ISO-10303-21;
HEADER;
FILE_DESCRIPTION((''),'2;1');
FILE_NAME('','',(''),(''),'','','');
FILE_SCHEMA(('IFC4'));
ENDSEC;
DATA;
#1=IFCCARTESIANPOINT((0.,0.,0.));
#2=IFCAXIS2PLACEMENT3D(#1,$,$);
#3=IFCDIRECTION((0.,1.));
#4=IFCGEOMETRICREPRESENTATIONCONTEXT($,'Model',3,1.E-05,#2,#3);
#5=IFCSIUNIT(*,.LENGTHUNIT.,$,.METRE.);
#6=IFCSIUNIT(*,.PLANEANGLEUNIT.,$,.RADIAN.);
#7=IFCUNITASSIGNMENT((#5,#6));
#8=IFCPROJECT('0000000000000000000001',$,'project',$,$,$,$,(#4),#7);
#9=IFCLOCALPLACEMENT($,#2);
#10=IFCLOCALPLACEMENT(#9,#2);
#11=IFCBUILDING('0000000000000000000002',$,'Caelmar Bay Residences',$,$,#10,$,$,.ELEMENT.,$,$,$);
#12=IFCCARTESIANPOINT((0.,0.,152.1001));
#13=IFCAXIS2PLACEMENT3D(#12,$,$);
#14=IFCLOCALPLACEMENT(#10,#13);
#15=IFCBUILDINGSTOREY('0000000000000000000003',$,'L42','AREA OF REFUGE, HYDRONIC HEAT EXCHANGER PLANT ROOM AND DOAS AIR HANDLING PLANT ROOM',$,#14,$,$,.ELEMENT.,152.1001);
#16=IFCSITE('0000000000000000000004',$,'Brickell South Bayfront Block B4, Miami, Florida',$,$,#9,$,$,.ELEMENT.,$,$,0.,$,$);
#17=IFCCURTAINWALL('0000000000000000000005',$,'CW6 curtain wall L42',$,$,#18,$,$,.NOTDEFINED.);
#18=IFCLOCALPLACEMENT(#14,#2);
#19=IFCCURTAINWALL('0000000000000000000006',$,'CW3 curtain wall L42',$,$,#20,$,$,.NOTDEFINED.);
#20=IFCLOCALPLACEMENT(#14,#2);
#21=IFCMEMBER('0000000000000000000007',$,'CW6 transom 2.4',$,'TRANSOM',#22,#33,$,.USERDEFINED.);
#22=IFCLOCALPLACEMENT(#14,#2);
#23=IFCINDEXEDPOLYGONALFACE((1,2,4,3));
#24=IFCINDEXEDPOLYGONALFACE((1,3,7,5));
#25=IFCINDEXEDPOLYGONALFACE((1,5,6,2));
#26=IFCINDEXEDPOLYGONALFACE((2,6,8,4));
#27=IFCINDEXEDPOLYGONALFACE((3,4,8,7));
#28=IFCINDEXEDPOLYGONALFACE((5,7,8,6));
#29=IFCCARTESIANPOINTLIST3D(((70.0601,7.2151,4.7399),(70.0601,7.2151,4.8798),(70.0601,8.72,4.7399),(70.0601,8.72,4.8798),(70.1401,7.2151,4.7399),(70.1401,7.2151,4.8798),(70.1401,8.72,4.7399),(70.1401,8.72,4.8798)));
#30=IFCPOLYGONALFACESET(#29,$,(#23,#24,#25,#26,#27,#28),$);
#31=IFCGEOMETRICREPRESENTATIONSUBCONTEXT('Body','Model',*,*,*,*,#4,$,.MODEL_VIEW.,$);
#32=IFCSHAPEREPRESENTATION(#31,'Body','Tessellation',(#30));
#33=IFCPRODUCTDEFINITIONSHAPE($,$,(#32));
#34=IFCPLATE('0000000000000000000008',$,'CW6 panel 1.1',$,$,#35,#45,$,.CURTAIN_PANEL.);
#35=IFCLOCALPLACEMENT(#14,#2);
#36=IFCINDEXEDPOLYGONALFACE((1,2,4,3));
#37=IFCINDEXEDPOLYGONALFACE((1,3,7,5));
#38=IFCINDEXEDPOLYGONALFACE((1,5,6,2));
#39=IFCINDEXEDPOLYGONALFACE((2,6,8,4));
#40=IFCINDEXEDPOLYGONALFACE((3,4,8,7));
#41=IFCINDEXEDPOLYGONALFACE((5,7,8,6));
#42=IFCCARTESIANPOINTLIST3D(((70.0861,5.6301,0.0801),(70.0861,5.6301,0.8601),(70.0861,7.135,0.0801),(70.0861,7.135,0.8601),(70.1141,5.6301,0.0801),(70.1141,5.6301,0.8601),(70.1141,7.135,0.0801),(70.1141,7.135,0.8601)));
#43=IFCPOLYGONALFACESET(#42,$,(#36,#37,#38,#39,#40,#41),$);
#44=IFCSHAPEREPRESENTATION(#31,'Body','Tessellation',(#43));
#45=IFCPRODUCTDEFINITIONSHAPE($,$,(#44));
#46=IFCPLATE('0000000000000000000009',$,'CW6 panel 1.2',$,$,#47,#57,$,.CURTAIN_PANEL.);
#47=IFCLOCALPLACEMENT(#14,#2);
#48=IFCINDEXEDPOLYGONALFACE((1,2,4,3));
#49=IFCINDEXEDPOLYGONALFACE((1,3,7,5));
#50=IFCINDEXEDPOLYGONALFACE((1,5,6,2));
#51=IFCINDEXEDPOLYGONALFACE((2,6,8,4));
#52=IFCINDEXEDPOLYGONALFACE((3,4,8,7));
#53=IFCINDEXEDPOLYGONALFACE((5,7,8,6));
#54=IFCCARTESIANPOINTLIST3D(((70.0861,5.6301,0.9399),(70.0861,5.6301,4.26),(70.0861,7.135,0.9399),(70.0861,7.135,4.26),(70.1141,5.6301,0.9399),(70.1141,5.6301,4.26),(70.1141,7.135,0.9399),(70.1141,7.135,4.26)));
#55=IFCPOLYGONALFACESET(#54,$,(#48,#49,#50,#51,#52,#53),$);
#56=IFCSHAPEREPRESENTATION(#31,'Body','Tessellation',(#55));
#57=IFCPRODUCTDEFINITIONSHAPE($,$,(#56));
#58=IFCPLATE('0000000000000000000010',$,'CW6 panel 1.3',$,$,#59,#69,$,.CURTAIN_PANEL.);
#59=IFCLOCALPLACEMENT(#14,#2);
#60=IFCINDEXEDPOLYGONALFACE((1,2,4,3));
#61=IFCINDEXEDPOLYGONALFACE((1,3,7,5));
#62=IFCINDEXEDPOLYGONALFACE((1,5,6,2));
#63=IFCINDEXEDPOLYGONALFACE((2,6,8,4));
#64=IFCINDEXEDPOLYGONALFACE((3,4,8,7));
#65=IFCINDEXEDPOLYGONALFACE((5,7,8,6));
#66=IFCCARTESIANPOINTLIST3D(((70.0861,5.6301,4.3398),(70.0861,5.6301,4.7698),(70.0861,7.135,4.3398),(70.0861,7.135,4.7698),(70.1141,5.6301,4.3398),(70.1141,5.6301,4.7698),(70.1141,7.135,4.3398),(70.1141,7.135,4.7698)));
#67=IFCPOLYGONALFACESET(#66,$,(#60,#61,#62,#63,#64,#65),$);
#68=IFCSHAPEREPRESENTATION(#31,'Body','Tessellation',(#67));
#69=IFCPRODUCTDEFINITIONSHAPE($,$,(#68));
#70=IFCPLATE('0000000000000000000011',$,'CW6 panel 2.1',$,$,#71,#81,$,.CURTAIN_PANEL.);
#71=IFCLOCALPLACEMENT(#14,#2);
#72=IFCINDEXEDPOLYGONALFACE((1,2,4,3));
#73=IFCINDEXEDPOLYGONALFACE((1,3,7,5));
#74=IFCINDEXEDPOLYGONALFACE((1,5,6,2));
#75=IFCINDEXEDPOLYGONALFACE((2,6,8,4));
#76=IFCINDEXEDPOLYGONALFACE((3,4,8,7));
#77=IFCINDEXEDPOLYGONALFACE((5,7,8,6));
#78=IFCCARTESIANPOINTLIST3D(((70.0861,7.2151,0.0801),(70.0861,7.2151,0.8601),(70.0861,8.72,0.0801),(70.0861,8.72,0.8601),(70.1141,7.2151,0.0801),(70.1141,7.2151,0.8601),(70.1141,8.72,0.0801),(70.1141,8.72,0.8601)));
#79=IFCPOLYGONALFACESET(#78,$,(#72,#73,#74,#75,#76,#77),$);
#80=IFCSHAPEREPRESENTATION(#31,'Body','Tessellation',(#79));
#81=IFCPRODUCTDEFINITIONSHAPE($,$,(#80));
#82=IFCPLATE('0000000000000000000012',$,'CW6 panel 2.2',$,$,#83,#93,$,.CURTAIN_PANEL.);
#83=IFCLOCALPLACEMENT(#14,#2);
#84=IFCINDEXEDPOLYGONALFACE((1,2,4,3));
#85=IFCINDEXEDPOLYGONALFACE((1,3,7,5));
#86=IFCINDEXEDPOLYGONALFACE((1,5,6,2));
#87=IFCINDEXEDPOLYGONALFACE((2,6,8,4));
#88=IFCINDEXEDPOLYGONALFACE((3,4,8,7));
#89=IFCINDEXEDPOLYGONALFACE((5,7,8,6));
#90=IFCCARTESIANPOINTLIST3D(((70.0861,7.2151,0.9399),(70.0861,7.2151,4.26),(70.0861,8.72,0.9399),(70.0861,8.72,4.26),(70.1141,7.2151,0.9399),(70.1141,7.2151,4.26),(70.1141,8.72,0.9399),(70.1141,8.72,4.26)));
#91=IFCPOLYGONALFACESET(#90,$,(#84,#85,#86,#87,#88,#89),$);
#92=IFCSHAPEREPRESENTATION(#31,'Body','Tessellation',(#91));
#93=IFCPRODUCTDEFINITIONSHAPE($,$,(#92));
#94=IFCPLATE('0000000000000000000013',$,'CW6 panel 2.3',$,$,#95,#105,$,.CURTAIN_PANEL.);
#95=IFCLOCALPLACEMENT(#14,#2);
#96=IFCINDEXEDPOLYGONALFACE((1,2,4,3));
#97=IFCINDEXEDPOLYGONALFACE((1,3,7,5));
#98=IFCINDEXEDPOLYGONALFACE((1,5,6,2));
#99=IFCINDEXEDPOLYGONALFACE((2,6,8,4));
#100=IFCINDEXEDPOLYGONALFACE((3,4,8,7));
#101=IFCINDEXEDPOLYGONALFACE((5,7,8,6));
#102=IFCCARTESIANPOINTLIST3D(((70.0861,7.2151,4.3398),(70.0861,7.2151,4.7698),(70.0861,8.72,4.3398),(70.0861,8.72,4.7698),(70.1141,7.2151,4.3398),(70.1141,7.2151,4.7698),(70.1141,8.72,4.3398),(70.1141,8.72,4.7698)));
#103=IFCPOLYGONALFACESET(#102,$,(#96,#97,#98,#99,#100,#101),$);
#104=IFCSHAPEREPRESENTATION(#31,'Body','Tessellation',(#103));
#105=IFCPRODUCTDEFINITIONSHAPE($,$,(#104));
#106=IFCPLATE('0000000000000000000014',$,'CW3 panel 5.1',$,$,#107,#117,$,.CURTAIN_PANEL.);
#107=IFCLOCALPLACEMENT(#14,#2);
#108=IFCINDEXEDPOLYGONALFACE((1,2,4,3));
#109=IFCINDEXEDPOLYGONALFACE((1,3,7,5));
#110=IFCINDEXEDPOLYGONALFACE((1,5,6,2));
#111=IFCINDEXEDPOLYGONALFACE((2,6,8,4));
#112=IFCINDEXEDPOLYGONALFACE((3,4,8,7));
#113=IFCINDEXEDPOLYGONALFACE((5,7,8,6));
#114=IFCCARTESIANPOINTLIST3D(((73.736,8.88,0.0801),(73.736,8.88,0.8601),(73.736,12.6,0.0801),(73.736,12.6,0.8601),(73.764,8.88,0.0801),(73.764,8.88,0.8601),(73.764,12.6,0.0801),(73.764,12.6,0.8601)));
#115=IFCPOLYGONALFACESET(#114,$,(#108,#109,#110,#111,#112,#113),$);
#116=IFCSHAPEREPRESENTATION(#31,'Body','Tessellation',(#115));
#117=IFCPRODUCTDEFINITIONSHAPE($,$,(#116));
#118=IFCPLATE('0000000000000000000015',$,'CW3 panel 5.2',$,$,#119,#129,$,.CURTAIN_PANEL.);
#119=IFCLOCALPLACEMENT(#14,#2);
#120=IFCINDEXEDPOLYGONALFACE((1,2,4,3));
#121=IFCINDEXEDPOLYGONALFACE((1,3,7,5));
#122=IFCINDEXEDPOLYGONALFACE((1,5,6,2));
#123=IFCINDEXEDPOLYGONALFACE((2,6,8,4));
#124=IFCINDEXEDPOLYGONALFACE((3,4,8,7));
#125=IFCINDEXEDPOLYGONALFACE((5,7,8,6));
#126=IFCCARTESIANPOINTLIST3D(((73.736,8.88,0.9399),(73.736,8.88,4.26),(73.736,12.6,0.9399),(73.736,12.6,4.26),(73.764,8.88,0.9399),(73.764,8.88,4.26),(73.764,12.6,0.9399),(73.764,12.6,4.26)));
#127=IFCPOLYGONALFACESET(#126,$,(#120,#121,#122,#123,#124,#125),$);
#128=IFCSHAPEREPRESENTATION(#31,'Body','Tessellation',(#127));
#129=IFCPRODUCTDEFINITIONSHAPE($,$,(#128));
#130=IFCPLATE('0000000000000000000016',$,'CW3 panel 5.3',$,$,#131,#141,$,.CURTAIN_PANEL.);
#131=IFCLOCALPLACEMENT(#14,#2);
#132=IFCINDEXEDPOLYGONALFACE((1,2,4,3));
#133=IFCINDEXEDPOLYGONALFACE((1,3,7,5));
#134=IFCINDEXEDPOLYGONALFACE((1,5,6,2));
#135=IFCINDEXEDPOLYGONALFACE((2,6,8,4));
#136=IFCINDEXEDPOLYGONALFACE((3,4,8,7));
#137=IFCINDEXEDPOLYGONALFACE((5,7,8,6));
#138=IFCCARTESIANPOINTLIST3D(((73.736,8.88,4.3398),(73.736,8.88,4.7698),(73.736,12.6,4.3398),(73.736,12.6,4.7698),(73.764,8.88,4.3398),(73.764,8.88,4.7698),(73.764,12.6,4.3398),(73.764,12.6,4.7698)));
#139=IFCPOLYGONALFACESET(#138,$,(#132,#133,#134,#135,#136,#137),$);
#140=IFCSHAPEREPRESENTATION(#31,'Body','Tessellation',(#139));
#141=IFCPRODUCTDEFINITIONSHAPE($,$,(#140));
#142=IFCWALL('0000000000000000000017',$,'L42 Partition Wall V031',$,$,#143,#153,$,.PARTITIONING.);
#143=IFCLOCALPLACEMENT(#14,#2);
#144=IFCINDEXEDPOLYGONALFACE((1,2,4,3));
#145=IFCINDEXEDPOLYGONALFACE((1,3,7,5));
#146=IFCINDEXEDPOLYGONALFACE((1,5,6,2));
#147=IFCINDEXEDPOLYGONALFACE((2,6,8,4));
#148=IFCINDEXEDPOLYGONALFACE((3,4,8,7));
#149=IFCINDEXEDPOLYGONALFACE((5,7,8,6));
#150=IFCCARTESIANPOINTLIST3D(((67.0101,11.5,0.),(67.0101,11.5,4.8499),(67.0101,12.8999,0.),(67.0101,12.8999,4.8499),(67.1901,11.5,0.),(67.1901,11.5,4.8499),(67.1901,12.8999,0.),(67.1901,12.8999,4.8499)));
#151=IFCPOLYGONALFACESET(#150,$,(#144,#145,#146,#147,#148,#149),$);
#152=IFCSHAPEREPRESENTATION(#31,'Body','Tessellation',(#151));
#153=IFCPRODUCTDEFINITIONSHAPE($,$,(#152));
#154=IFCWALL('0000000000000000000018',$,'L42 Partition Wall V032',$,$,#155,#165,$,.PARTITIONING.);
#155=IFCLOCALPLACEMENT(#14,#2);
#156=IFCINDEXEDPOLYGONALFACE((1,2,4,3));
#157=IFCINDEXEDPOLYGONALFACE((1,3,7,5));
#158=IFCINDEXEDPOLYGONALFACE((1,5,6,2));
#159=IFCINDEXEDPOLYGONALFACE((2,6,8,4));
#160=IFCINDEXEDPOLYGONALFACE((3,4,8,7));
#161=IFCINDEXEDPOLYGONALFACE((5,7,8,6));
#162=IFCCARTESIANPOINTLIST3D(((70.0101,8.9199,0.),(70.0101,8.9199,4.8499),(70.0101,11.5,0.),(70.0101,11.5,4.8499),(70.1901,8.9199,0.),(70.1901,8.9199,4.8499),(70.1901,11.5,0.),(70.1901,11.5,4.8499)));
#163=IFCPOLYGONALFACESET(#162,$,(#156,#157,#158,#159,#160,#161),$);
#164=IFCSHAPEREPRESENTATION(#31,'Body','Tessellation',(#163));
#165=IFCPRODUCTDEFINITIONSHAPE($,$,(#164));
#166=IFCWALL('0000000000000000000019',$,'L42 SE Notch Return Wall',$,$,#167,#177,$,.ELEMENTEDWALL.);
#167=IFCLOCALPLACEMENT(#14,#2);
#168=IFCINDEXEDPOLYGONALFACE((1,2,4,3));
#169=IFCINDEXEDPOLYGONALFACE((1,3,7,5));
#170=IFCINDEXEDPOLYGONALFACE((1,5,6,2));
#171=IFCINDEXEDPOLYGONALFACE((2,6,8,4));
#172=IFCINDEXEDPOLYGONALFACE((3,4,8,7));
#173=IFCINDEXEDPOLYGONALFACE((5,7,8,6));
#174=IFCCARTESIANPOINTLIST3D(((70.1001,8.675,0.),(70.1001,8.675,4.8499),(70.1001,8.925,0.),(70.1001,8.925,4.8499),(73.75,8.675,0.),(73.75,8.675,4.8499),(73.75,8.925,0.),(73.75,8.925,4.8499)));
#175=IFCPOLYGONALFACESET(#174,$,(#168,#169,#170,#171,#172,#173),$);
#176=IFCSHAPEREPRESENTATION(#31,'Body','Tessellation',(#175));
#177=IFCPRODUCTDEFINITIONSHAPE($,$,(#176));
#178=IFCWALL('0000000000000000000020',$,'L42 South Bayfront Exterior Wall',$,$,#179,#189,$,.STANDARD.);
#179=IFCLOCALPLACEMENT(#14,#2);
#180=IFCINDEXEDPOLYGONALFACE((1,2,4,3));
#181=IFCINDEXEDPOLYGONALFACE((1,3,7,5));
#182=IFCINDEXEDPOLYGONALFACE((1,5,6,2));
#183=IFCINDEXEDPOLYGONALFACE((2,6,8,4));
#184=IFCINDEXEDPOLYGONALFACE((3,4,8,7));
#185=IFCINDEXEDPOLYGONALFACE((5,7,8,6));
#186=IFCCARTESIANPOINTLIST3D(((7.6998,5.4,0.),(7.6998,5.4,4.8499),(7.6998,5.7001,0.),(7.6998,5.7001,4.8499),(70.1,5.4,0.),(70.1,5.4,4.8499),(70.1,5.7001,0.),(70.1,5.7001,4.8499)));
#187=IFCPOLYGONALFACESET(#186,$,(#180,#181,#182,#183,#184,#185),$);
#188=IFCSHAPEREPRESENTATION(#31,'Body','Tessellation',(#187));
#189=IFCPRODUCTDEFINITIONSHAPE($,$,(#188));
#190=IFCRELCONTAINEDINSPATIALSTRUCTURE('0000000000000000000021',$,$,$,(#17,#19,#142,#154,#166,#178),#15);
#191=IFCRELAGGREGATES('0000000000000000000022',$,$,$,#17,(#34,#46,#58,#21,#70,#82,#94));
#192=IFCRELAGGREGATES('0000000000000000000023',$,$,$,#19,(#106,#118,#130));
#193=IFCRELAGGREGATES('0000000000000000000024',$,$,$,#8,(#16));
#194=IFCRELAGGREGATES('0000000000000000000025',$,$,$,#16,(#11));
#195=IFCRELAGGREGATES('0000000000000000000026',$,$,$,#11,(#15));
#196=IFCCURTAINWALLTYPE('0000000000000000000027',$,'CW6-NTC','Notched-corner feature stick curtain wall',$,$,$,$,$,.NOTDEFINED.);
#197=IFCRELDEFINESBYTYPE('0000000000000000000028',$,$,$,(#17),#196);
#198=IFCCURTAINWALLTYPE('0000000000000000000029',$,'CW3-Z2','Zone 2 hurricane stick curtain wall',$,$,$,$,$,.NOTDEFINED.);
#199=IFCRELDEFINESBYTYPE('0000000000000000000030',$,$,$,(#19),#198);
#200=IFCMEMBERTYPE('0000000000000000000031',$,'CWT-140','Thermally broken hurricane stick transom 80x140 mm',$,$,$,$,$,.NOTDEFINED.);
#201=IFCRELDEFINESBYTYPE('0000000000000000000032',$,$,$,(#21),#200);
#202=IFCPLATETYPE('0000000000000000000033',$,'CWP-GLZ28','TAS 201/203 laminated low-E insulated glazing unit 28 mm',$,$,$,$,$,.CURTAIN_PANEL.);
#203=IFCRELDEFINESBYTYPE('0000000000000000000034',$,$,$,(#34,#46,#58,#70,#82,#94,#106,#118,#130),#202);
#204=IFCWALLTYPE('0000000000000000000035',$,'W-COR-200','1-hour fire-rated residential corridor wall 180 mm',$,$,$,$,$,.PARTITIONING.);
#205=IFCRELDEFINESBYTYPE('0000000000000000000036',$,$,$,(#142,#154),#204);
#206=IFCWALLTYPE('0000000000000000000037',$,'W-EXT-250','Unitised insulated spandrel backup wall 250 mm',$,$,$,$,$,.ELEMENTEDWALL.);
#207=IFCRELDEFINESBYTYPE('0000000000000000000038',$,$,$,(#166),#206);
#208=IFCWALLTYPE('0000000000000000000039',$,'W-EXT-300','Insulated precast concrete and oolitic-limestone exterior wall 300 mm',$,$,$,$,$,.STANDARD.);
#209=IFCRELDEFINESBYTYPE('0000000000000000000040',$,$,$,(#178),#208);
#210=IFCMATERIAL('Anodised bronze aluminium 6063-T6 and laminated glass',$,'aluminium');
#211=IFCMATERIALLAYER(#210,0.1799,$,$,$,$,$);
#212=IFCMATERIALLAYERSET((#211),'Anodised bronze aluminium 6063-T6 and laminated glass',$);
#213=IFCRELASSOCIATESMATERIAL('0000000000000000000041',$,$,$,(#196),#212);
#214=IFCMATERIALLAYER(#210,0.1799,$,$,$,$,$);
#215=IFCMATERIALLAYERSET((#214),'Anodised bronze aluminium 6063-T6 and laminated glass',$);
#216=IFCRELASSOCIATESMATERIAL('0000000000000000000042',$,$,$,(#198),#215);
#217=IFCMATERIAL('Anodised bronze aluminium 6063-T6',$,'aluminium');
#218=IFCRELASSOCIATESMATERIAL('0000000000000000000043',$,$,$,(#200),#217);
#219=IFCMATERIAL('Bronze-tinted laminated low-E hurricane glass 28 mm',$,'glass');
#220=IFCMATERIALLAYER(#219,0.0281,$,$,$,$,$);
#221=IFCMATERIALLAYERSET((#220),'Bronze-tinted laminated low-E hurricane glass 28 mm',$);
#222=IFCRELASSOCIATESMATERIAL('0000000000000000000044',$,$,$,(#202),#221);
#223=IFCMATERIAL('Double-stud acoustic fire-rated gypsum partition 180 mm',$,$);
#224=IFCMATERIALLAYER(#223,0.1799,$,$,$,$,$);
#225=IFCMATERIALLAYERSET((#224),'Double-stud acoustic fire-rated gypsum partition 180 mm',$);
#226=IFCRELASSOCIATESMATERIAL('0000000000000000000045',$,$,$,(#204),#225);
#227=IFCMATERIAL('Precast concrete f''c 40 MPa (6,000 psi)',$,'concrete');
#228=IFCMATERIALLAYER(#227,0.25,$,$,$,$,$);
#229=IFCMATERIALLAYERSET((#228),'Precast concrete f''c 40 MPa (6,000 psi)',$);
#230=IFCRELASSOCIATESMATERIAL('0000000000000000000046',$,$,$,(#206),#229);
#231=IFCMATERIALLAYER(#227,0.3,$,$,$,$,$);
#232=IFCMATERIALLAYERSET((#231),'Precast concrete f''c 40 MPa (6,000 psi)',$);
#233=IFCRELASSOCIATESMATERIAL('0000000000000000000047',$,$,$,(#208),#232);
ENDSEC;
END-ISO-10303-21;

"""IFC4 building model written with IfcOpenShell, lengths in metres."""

from ifc_helpers import new_model, si_unit, direction, frame, frame_2d, origin, origin_2d, place, context, subcontext, project, spatial, rectangle, extrude, material, layer, layer_set, material_profile, profile_set, type_object, element, aggregate, save


model = new_model("IFC4")

# Units and contexts
model_context = context("Model", 3, precision=1e-05, world=origin(), true_north=direction((0.0, 1.0)))
body_context = subcontext(model_context, "Body", "Model", "MODEL_VIEW")
ifc_project = project(units=[si_unit("LENGTHUNIT", "METRE"), si_unit("PLANEANGLEUNIT", "RADIAN")], contexts=[model_context])

# Site, building, storey
site_placement = place(None, origin())
site = spatial("IfcSite", under=ifc_project, at=site_placement, Name="Brickell South Bayfront Block B4, Miami, Florida", CompositionType="ELEMENT", RefElevation=0.0)
building_placement = place(site_placement, origin())
building = spatial("IfcBuilding", under=site, at=building_placement, Name="Caelmar Bay Residences", CompositionType="ELEMENT")
storey_placement = place(building_placement, frame((0.0, 0.0, 152.1001)))
storey = spatial("IfcBuildingStorey", under=building, at=storey_placement, Name="L42", Description="AREA OF REFUGE, HYDRONIC HEAT EXCHANGER PLANT ROOM AND DOAS AIR HANDLING PLANT ROOM", CompositionType="ELEMENT", Elevation=152.1001)

# Curtain wall
ifc_material_1 = material(Name="Anodised bronze aluminium 6063-T6 and laminated glass", Category="aluminium")
ifc_layer_1 = layer(ifc_material_1, 0.1799)
ifc_layer_set_1 = layer_set([ifc_layer_1], Name="Anodised bronze aluminium 6063-T6 and laminated glass")
curtain_wall_type_1 = type_object("IfcCurtainWallType", Name="CW6-NTC", Description="Notched-corner feature stick curtain wall", PredefinedType="NOTDEFINED", material=ifc_layer_set_1)
curtain_wall_1_placement = place(storey_placement, origin())
curtain_wall_1 = element("IfcCurtainWall", 1, at=curtain_wall_1_placement, inside=storey, type_object=curtain_wall_type_1, Name="CW6 curtain wall L42", PredefinedType="NOTDEFINED")
ifc_material_2 = material(Name="Anodised bronze aluminium 6063-T6", Category="aluminium")

# Curtain wall
ifc_layer_2 = layer(ifc_material_1, 0.1799)
ifc_layer_set_2 = layer_set([ifc_layer_2], Name="Anodised bronze aluminium 6063-T6 and laminated glass")
curtain_wall_type_2 = type_object("IfcCurtainWallType", Name="CW3-Z2", Description="Zone 2 hurricane stick curtain wall", PredefinedType="NOTDEFINED", material=ifc_layer_set_2)
curtain_wall_2_placement = place(storey_placement, origin())
curtain_wall_2 = element("IfcCurtainWall", 2, at=curtain_wall_2_placement, inside=storey, type_object=curtain_wall_type_2, Name="CW3 curtain wall L42", PredefinedType="NOTDEFINED")

# Member
ifc_material_profile_1 = material_profile(ifc_material_2, rectangle(XDim=0.0801, YDim=0.1399, at=origin_2d()), Name="CWT-80X140")
ifc_profile_set_1 = profile_set([ifc_material_profile_1], Name="Anodised bronze aluminium 6063-T6")
member_type_1 = type_object("IfcMemberType", Name="CWT-140", Description="Thermally broken hurricane stick transom 80x140 mm", PredefinedType="NOTDEFINED", material=ifc_profile_set_1)
member_1_placement = place(storey_placement, frame((70.1001, 7.2151, 4.8098), z_axis=(0.0, 1.0, 0.0), x_axis=(-1.0, 0.0, 0.0)))
member_1 = element("IfcMember", 3, at=member_1_placement, type_object=member_type_1, Name="CW6 transom 2.4", ObjectType="TRANSOM", PredefinedType="USERDEFINED", context=body_context, shape_type="SweptSolid", body=[
    extrude(rectangle(XDim=0.0801, YDim=0.1399, at=origin_2d()), origin(), (0.0, 0.0, 1.0), 1.5049),
])

# Plates
ifc_material_3 = material(Name="Bronze-tinted laminated low-E hurricane glass 28 mm", Category="glass")
ifc_layer_3 = layer(ifc_material_3, 0.0281)
ifc_layer_set_3 = layer_set([ifc_layer_3], Name="Bronze-tinted laminated low-E hurricane glass 28 mm")
plate_type = type_object("IfcPlateType", Name="CWP-GLZ28", Description="TAS 201/203 laminated low-E insulated glazing unit 28 mm", PredefinedType="CURTAIN_PANEL", material=ifc_layer_set_3)
plate_1_placement = place(storey_placement, frame((70.1001, 6.3826, 0.0801), z_axis=(0.0, 0.0, 1.0), x_axis=(0.0, 1.0, 0.0)))
plate_1 = element("IfcPlate", 4, at=plate_1_placement, type_object=plate_type, Name="CW6 panel 1.1", PredefinedType="CURTAIN_PANEL", context=body_context, shape_type="SweptSolid", body=[
    extrude(rectangle(XDim=1.5049, YDim=0.0281, at=origin_2d()), origin(), (0.0, 0.0, 1.0), 0.78),
])
plate_2_placement = place(storey_placement, frame((70.1001, 6.3826, 0.9399), z_axis=(0.0, 0.0, 1.0), x_axis=(0.0, 1.0, 0.0)))
plate_2 = element("IfcPlate", 5, at=plate_2_placement, type_object=plate_type, Name="CW6 panel 1.2", PredefinedType="CURTAIN_PANEL", context=body_context, shape_type="SweptSolid", body=[
    extrude(rectangle(XDim=1.5049, YDim=0.0281, at=origin_2d()), origin(), (0.0, 0.0, 1.0), 3.3201),
])
plate_3_placement = place(storey_placement, frame((70.1001, 6.3826, 4.3398), z_axis=(0.0, 0.0, 1.0), x_axis=(0.0, 1.0, 0.0)))
plate_3 = element("IfcPlate", 6, at=plate_3_placement, type_object=plate_type, Name="CW6 panel 1.3", PredefinedType="CURTAIN_PANEL", context=body_context, shape_type="SweptSolid", body=[
    extrude(rectangle(XDim=1.5049, YDim=0.0281, at=origin_2d()), origin(), (0.0, 0.0, 1.0), 0.4299),
])
plate_4_placement = place(storey_placement, frame((70.1001, 7.9675, 0.0801), z_axis=(0.0, 0.0, 1.0), x_axis=(0.0, 1.0, 0.0)))
plate_4 = element("IfcPlate", 7, at=plate_4_placement, type_object=plate_type, Name="CW6 panel 2.1", PredefinedType="CURTAIN_PANEL", context=body_context, shape_type="SweptSolid", body=[
    extrude(rectangle(XDim=1.5049, YDim=0.0281, at=origin_2d()), origin(), (0.0, 0.0, 1.0), 0.78),
])
plate_5_placement = place(storey_placement, frame((70.1001, 7.9675, 0.9399), z_axis=(0.0, 0.0, 1.0), x_axis=(0.0, 1.0, 0.0)))
plate_5 = element("IfcPlate", 8, at=plate_5_placement, type_object=plate_type, Name="CW6 panel 2.2", PredefinedType="CURTAIN_PANEL", context=body_context, shape_type="SweptSolid", body=[
    extrude(rectangle(XDim=1.5049, YDim=0.0281, at=origin_2d()), origin(), (0.0, 0.0, 1.0), 3.3201),
])
plate_6_placement = place(storey_placement, frame((70.1001, 7.9675, 4.3398), z_axis=(0.0, 0.0, 1.0), x_axis=(0.0, 1.0, 0.0)))
plate_6 = element("IfcPlate", 9, at=plate_6_placement, type_object=plate_type, Name="CW6 panel 2.3", PredefinedType="CURTAIN_PANEL", context=body_context, shape_type="SweptSolid", body=[
    extrude(rectangle(XDim=1.5049, YDim=0.0281, at=origin_2d()), origin(), (0.0, 0.0, 1.0), 0.4299),
])
aggregate(curtain_wall_1, [plate_1, plate_2, plate_3, member_1, plate_4, plate_5, plate_6])
plate_7_placement = place(storey_placement, frame((73.75, 10.74, 0.0801), z_axis=(0.0, 0.0, 1.0), x_axis=(0.0, -1.0, 0.0)))
plate_7 = element("IfcPlate", 10, at=plate_7_placement, type_object=plate_type, Name="CW3 panel 5.1", PredefinedType="CURTAIN_PANEL", context=body_context, shape_type="SweptSolid", body=[
    extrude(rectangle(XDim=3.72, YDim=0.0281, at=origin_2d()), origin(), (0.0, 0.0, 1.0), 0.78),
])
plate_8_placement = place(storey_placement, frame((73.75, 10.74, 0.9399), z_axis=(0.0, 0.0, 1.0), x_axis=(0.0, -1.0, 0.0)))
plate_8 = element("IfcPlate", 11, at=plate_8_placement, type_object=plate_type, Name="CW3 panel 5.2", PredefinedType="CURTAIN_PANEL", context=body_context, shape_type="SweptSolid", body=[
    extrude(rectangle(XDim=3.72, YDim=0.0281, at=origin_2d()), origin(), (0.0, 0.0, 1.0), 3.3201),
])
plate_9_placement = place(storey_placement, frame((73.75, 10.74, 4.3398), z_axis=(0.0, 0.0, 1.0), x_axis=(0.0, -1.0, 0.0)))
plate_9 = element("IfcPlate", 12, at=plate_9_placement, type_object=plate_type, Name="CW3 panel 5.3", PredefinedType="CURTAIN_PANEL", context=body_context, shape_type="SweptSolid", body=[
    extrude(rectangle(XDim=3.72, YDim=0.0281, at=origin_2d()), origin(), (0.0, 0.0, 1.0), 0.4299),
])
aggregate(curtain_wall_2, [plate_7, plate_8, plate_9])

# Walls
ifc_material_4 = material(Name="Double-stud acoustic fire-rated gypsum partition 180 mm")
ifc_layer_4 = layer(ifc_material_4, 0.1799)
ifc_layer_set_4 = layer_set([ifc_layer_4], Name="Double-stud acoustic fire-rated gypsum partition 180 mm")
wall_type_1 = type_object("IfcWallType", Name="W-COR-200", Description="1-hour fire-rated residential corridor wall 180 mm", PredefinedType="PARTITIONING", material=ifc_layer_set_4)
wall_1_placement = place(storey_placement, frame((67.1001, 11.5, 0.0), z_axis=(0.0, 0.0, 1.0), x_axis=(0.0, 1.0, 0.0)))
element("IfcWall", 13, at=wall_1_placement, inside=storey, type_object=wall_type_1, Name="L42 Partition Wall V031", PredefinedType="PARTITIONING", context=body_context, shape_type="SweptSolid", body=[
    extrude(rectangle(XDim=1.3999, YDim=0.1799, at=frame_2d((0.7, 0.0))), origin(), (0.0, 0.0, 1.0), 4.8499),
])
wall_2_placement = place(storey_placement, frame((70.1001, 8.9199, 0.0), z_axis=(0.0, 0.0, 1.0), x_axis=(0.0, 1.0, 0.0)))
element("IfcWall", 14, at=wall_2_placement, inside=storey, type_object=wall_type_1, Name="L42 Partition Wall V032", PredefinedType="PARTITIONING", context=body_context, shape_type="SweptSolid", body=[
    extrude(rectangle(XDim=2.5801, YDim=0.1799, at=frame_2d((1.29, 0.0))), origin(), (0.0, 0.0, 1.0), 4.8499),
])
ifc_material_5 = material(Name="Precast concrete f'c 40 MPa (6,000 psi)", Category="concrete")
ifc_layer_5 = layer(ifc_material_5, 0.25)
ifc_layer_set_5 = layer_set([ifc_layer_5], Name="Precast concrete f'c 40 MPa (6,000 psi)")
wall_type_2 = type_object("IfcWallType", Name="W-EXT-250", Description="Unitised insulated spandrel backup wall 250 mm", PredefinedType="ELEMENTEDWALL", material=ifc_layer_set_5)
wall_3_placement = place(storey_placement, frame((70.1001, 8.8, 0.0), z_axis=(0.0, 0.0, 1.0), x_axis=(1.0, 0.0, 0.0)))
element("IfcWall", 15, at=wall_3_placement, inside=storey, type_object=wall_type_2, Name="L42 SE Notch Return Wall", PredefinedType="ELEMENTEDWALL", context=body_context, shape_type="SweptSolid", body=[
    extrude(rectangle(XDim=3.6499, YDim=0.25, at=frame_2d((1.825, 0.0))), origin(), (0.0, 0.0, 1.0), 4.8499),
])
ifc_layer_6 = layer(ifc_material_5, 0.3)
ifc_layer_set_6 = layer_set([ifc_layer_6], Name="Precast concrete f'c 40 MPa (6,000 psi)")
wall_type_3 = type_object("IfcWallType", Name="W-EXT-300", Description="Insulated precast concrete and oolitic-limestone exterior wall 300 mm", PredefinedType="STANDARD", material=ifc_layer_set_6)
wall_4_placement = place(storey_placement, frame((70.1001, 5.55, 0.0), z_axis=(0.0, 0.0, 1.0), x_axis=(-1.0, 0.0, 0.0)))
element("IfcWall", 16, at=wall_4_placement, inside=storey, type_object=wall_type_3, Name="L42 South Bayfront Exterior Wall", PredefinedType="STANDARD", context=body_context, shape_type="SweptSolid", body=[
    extrude(rectangle(XDim=62.4001, YDim=0.3, at=frame_2d((31.2002, 0.0))), origin(), (0.0, 0.0, 1.0), 4.8499),
])

save(model, "model.ifc")
